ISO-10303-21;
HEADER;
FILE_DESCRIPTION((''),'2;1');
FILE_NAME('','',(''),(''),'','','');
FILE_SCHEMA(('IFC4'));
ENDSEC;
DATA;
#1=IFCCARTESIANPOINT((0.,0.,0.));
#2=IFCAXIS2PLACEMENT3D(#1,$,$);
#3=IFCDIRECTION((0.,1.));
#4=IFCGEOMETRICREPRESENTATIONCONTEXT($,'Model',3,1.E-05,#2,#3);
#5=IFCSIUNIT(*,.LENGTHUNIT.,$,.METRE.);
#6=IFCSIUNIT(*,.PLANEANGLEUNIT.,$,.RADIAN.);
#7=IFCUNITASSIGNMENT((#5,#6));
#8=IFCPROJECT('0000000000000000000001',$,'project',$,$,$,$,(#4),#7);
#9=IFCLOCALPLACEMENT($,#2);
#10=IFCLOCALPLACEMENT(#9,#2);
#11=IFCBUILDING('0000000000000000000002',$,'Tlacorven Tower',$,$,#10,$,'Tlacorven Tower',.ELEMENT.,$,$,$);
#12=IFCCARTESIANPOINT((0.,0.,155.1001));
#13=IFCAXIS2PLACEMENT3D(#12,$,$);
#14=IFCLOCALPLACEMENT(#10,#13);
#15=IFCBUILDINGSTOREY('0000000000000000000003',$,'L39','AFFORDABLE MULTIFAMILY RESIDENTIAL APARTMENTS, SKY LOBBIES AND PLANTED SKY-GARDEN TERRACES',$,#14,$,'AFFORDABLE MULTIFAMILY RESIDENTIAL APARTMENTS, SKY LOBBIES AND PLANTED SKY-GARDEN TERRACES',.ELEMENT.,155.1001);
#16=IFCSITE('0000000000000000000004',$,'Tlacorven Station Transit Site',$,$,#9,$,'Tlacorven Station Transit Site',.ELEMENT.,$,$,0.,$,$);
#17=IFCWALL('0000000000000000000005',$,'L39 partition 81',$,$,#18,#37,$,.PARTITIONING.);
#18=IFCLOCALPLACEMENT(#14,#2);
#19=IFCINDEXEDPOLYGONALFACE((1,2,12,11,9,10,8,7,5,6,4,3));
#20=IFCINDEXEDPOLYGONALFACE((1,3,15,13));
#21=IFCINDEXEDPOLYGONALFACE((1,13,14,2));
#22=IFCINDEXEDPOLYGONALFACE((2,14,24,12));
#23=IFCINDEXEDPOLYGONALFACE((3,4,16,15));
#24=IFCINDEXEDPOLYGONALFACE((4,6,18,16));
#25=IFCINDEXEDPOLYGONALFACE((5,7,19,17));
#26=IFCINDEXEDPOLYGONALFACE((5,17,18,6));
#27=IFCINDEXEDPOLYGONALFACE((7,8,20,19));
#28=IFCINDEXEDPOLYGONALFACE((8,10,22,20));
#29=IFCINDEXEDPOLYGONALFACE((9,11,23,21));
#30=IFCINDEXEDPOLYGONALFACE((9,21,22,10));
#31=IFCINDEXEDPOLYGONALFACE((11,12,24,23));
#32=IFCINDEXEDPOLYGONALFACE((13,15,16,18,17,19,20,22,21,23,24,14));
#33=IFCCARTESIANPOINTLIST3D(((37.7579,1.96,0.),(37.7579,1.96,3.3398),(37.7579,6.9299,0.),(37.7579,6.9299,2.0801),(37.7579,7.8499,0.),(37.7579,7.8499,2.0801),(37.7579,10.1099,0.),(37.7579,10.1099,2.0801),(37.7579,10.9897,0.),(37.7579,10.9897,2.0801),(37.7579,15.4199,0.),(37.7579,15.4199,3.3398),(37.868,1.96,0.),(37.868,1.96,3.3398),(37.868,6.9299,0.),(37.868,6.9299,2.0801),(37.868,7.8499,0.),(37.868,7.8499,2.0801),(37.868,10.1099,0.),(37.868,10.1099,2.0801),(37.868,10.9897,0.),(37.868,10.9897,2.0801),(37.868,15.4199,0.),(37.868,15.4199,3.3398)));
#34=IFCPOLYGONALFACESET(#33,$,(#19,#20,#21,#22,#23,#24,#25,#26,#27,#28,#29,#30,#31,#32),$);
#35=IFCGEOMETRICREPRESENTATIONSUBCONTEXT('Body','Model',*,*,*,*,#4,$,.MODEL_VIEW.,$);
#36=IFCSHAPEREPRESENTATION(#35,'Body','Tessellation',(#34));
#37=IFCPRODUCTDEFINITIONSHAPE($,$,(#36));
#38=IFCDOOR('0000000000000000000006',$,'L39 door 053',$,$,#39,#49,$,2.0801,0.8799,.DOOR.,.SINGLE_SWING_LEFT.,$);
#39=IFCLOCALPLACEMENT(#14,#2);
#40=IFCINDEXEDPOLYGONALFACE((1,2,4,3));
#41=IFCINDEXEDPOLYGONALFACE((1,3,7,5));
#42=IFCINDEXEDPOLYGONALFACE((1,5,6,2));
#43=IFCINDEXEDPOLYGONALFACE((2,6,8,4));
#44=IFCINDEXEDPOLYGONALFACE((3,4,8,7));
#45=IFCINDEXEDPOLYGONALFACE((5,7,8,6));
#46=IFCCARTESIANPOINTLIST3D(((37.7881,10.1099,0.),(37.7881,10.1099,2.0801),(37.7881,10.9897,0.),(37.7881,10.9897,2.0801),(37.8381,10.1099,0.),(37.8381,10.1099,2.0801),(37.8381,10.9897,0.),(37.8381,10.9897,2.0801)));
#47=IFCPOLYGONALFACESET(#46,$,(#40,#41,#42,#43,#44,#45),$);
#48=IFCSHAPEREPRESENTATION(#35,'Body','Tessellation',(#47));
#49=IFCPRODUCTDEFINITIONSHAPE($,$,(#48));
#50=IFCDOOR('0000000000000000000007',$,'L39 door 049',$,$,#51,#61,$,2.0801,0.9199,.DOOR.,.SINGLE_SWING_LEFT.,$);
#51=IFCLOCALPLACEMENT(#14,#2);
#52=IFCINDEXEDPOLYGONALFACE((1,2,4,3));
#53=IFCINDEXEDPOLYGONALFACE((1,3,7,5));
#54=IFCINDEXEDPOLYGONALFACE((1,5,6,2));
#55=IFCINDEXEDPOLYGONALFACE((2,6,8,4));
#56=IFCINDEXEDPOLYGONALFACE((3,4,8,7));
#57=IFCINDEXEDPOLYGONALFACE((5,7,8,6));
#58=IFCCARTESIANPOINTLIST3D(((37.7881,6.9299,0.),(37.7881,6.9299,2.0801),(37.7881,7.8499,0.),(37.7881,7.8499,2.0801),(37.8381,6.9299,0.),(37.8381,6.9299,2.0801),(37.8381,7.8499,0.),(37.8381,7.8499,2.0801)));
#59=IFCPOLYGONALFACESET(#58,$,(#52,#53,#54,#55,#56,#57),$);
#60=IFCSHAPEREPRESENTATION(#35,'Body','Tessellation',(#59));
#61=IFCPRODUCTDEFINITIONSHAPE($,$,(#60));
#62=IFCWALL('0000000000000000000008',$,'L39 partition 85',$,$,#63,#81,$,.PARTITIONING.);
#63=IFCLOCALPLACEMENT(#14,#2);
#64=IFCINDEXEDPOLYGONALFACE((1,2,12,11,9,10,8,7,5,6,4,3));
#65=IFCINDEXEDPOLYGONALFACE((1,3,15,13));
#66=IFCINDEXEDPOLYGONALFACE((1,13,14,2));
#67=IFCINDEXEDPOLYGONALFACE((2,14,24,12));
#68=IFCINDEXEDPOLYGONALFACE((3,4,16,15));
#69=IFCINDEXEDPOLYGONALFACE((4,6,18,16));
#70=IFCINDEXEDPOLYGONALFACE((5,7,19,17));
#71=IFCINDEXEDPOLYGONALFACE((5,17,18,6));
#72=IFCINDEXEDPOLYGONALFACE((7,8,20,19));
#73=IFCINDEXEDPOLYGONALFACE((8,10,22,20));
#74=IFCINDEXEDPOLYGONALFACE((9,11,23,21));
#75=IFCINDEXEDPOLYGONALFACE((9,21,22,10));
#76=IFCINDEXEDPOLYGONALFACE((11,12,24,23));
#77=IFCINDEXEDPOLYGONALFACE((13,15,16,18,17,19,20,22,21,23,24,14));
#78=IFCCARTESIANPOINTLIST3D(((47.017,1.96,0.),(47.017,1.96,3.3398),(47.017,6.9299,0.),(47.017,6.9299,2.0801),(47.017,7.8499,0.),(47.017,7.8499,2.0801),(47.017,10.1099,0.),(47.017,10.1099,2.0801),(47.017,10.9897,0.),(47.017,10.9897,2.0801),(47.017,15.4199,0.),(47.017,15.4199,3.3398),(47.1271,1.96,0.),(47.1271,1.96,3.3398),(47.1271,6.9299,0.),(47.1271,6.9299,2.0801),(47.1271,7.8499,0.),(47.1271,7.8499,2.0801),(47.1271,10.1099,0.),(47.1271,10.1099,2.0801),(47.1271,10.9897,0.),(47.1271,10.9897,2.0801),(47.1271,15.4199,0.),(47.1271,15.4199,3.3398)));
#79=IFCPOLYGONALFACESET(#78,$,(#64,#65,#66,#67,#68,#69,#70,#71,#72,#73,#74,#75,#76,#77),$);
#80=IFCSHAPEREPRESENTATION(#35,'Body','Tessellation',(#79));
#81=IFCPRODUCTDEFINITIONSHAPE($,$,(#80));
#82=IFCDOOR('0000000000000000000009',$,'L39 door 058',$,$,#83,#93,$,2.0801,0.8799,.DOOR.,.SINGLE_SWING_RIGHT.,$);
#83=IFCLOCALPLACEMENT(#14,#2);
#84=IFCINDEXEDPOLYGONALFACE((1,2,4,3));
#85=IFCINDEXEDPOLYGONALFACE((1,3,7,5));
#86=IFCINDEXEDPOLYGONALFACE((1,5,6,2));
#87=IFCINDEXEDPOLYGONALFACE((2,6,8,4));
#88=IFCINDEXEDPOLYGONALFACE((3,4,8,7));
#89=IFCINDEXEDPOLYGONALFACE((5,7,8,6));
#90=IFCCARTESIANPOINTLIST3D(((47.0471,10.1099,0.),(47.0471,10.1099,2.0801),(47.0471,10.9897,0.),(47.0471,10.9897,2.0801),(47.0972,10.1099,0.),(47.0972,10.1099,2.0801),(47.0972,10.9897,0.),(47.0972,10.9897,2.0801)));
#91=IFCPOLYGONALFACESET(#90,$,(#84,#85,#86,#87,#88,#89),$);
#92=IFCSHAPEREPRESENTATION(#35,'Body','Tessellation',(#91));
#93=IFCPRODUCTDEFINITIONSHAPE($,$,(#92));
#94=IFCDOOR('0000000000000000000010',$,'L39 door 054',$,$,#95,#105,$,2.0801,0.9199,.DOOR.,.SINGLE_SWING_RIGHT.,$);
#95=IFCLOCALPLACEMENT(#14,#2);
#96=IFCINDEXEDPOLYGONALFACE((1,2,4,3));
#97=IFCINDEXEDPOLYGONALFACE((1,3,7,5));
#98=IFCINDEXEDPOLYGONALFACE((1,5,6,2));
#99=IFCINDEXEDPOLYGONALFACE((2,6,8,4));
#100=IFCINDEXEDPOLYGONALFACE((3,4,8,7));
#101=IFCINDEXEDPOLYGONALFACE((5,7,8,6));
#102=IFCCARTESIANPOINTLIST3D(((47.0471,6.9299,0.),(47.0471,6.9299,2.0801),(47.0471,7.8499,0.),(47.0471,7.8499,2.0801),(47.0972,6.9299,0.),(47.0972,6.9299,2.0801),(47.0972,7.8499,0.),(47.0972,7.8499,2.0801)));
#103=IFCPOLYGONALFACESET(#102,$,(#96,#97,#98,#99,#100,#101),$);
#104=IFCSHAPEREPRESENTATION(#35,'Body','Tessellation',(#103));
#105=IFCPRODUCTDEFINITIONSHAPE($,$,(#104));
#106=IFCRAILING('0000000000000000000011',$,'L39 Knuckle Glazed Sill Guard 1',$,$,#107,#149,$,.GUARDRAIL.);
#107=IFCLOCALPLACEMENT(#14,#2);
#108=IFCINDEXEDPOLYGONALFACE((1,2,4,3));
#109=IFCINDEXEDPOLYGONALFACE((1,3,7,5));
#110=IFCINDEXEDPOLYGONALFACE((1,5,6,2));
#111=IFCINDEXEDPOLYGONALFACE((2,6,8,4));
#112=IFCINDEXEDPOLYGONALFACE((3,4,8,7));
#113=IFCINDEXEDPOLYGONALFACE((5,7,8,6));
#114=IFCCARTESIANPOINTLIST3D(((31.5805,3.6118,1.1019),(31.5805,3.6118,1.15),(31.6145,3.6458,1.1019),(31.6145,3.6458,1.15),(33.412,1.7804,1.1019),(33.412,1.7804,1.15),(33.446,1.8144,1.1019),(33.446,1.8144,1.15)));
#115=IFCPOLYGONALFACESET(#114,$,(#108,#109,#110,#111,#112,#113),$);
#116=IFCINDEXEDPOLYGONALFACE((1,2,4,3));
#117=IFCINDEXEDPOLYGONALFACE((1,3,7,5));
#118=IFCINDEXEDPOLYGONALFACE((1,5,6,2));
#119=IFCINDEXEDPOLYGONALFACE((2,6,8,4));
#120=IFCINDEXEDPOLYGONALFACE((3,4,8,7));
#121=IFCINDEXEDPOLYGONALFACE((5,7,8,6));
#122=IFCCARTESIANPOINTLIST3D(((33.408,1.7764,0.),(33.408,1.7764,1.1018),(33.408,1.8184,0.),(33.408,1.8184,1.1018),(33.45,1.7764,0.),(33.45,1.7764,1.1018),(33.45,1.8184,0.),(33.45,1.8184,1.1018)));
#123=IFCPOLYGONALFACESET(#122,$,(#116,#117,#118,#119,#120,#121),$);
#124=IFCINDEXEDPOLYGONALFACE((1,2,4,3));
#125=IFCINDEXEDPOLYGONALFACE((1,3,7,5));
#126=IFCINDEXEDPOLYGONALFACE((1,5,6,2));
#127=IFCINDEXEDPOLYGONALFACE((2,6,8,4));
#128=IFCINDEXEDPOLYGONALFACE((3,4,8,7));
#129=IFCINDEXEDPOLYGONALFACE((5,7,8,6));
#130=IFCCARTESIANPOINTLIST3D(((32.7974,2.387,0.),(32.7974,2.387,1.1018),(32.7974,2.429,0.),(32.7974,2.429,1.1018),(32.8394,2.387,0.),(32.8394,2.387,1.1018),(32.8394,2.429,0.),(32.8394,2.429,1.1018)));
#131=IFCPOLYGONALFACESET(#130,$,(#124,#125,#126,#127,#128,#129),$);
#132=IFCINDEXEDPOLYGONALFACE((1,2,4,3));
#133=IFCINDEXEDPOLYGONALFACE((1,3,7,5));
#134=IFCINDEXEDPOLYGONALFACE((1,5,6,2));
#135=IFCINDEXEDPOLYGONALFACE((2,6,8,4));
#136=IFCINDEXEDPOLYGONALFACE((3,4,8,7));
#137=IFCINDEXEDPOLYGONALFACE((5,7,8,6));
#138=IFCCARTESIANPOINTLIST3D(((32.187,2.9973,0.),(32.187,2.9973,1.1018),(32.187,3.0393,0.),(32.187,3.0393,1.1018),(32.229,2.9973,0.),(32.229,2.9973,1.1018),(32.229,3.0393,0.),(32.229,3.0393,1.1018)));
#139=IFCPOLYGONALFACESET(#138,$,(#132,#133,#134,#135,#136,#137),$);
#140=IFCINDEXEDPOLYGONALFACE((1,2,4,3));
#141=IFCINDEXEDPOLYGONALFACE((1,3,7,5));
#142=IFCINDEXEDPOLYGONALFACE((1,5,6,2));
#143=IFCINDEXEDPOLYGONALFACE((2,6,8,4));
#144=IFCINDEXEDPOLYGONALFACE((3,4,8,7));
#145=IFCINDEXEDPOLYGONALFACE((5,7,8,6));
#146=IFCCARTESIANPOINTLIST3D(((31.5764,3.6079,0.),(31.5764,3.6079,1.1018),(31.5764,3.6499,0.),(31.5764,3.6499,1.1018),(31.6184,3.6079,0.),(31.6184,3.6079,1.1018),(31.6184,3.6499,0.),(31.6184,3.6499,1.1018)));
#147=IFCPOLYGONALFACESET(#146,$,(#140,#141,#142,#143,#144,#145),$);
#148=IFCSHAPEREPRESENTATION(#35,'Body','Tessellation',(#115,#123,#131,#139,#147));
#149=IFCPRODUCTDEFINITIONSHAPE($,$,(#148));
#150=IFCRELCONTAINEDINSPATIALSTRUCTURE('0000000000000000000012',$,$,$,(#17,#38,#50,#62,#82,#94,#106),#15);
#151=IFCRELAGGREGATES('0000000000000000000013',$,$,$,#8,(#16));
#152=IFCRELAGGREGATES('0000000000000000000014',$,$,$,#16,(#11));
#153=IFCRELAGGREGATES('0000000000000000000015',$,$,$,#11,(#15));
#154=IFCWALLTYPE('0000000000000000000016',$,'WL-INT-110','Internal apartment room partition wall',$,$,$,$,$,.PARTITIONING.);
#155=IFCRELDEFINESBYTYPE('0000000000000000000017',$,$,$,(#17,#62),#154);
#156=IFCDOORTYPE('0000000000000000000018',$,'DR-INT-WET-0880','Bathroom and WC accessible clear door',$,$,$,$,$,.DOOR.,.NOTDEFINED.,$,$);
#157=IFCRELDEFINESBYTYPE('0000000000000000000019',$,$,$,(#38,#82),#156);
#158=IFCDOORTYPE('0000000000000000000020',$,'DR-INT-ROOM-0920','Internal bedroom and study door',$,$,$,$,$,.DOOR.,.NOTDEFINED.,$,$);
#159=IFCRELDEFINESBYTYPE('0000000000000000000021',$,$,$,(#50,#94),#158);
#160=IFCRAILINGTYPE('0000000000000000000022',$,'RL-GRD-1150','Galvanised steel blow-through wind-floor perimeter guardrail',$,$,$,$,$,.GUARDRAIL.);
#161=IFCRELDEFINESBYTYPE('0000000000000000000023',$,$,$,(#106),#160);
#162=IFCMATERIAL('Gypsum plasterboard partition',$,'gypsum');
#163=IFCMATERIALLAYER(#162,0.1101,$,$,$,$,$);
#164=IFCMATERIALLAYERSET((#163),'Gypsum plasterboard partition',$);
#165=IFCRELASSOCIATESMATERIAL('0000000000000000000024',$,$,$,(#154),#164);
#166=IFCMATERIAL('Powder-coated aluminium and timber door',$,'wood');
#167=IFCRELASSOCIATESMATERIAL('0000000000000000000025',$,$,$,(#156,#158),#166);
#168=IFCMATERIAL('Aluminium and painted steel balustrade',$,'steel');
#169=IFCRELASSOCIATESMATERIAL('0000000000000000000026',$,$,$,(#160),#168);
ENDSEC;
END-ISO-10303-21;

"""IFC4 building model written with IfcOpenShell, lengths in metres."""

from ifc_helpers import new_model, si_unit, direction, frame, frame_2d, origin, origin_2d, place, context, subcontext, project, spatial, rectangle, extrude, source, transform, mapped, material, layer, layer_set, type_object, element, fill, save


model = new_model("IFC4")

# Units and contexts
model_context = context("Model", 3, precision=1e-05, world=origin(), true_north=direction((0.0, 1.0)))
body_context = subcontext(model_context, "Body", "Model", "MODEL_VIEW")
ifc_project = project(units=[si_unit("LENGTHUNIT", "METRE"), si_unit("PLANEANGLEUNIT", "RADIAN")], contexts=[model_context])

# Site, building, storey
site_placement = place(None, origin())
site = spatial("IfcSite", under=ifc_project, at=site_placement, Name="Tlacorven Station Transit Site", LongName="Tlacorven Station Transit Site", CompositionType="ELEMENT", RefElevation=0.0)
building_placement = place(site_placement, origin())
building = spatial("IfcBuilding", under=site, at=building_placement, Name="Tlacorven Tower", LongName="Tlacorven Tower", CompositionType="ELEMENT")
storey_placement = place(building_placement, frame((0.0, 0.0, 155.1001)))
storey = spatial("IfcBuildingStorey", under=building, at=storey_placement, Name="L39", Description="AFFORDABLE MULTIFAMILY RESIDENTIAL APARTMENTS, SKY LOBBIES AND PLANTED SKY-GARDEN TERRACES", LongName="AFFORDABLE MULTIFAMILY RESIDENTIAL APARTMENTS, SKY LOBBIES AND PLANTED SKY-GARDEN TERRACES", CompositionType="ELEMENT", Elevation=155.1001)

# Walls, openings, doors
ifc_material_1 = material(Name="Gypsum plasterboard partition", Category="gypsum")
ifc_layer_1 = layer(ifc_material_1, 0.1101)
ifc_layer_set_1 = layer_set([ifc_layer_1], Name="Gypsum plasterboard partition")
wall_type_1 = type_object("IfcWallType", Name="WL-INT-110", Description="Internal apartment room partition wall", PredefinedType="PARTITIONING", material=ifc_layer_set_1)
wall_1_placement = place(storey_placement, frame((37.813, 1.96, 0.0), z_axis=(0.0, 0.0, 1.0), x_axis=(0.0, 1.0, 0.0)))
wall_1 = element("IfcWall", 1, at=wall_1_placement, inside=storey, type_object=wall_type_1, Name="L39 partition 81", PredefinedType="PARTITIONING", context=body_context, shape_type="SweptSolid", body=[
    extrude(rectangle(XDim=13.46, YDim=0.1101, at=frame_2d((6.73, 0.0))), origin(), (0.0, 0.0, 1.0), 3.3398),
])
opening_1_placement = place(wall_1_placement, frame((4.97, 0.0, 0.0)))
opening_1 = element("IfcOpeningElement", 2, at=opening_1_placement, cuts=wall_1, PredefinedType="OPENING", context=body_context, shape_type="SweptSolid", body=[
    extrude(rectangle(XDim=0.9199, YDim=2.0801, at=frame_2d((0.46, 1.04))), frame((0.0, 0.0649, 0.0), z_axis=(0.0, -1.0, 0.0), x_axis=(1.0, 0.0, 0.0)), (0.0, 0.0, 1.0), 0.1301),
])
opening_2_placement = place(wall_1_placement, frame((8.1499, 0.0, 0.0)))
opening_2 = element("IfcOpeningElement", 3, at=opening_2_placement, cuts=wall_1, PredefinedType="OPENING", context=body_context, shape_type="SweptSolid", body=[
    extrude(rectangle(XDim=0.8799, YDim=2.0801, at=frame_2d((0.4399, 1.04))), frame((0.0, 0.0649, 0.0), z_axis=(0.0, -1.0, 0.0), x_axis=(1.0, 0.0, 0.0)), (0.0, 0.0, 1.0), 0.1301),
])
ifc_material_2 = material(Name="Powder-coated aluminium and timber door", Category="wood")
door_type_1 = type_object("IfcDoorType", Name="DR-INT-WET-0880", Description="Bathroom and WC accessible clear door", OperationType="NOTDEFINED", PredefinedType="DOOR", material=ifc_material_2)
shared_shape_1 = source(origin(), body_context, "Body", "SweptSolid", [
    extrude(rectangle(XDim=0.8799, YDim=2.0801, at=frame_2d((0.4399, 1.04))), frame((0.0, 0.0249, 0.0), z_axis=(0.0, -1.0, 0.0), x_axis=(1.0, 0.0, 0.0)), (0.0, 0.0, 1.0), 0.05),
])
door_1_placement = place(opening_2_placement, origin())
door_1 = element("IfcDoor", 4, at=door_1_placement, inside=storey, type_object=door_type_1, Name="L39 door 053", OperationType="SINGLE_SWING_LEFT", OverallHeight=2.0801, OverallWidth=0.8799, PredefinedType="DOOR", context=body_context, shape_type="MappedRepresentation", body=[
    mapped(shared_shape_1, transform((0.0, 0.0, 0.0), scale=1.0)),
])
fill(opening_2, door_1)
door_type_2 = type_object("IfcDoorType", Name="DR-INT-ROOM-0920", Description="Internal bedroom and study door", OperationType="NOTDEFINED", PredefinedType="DOOR", material=ifc_material_2)
shared_shape_2 = source(origin(), body_context, "Body", "SweptSolid", [
    extrude(rectangle(XDim=0.9199, YDim=2.0801, at=frame_2d((0.46, 1.04))), frame((0.0, 0.0249, 0.0), z_axis=(0.0, -1.0, 0.0), x_axis=(1.0, 0.0, 0.0)), (0.0, 0.0, 1.0), 0.05),
])
door_2_placement = place(opening_1_placement, origin())
door_2 = element("IfcDoor", 5, at=door_2_placement, inside=storey, type_object=door_type_2, Name="L39 door 049", OperationType="SINGLE_SWING_LEFT", OverallHeight=2.0801, OverallWidth=0.9199, PredefinedType="DOOR", context=body_context, shape_type="MappedRepresentation", body=[
    mapped(shared_shape_2, transform((0.0, 0.0, 0.0), scale=1.0)),
])
fill(opening_1, door_2)
wall_2_placement = place(storey_placement, frame((47.072, 1.96, 0.0), z_axis=(0.0, 0.0, 1.0), x_axis=(0.0, 1.0, 0.0)))
wall_2 = element("IfcWall", 6, at=wall_2_placement, inside=storey, type_object=wall_type_1, Name="L39 partition 85", PredefinedType="PARTITIONING", context=body_context, shape_type="SweptSolid", body=[
    extrude(rectangle(XDim=13.46, YDim=0.1101, at=frame_2d((6.73, 0.0))), origin(), (0.0, 0.0, 1.0), 3.3398),
])
opening_3_placement = place(wall_2_placement, frame((4.97, 0.0, 0.0)))
opening_3 = element("IfcOpeningElement", 7, at=opening_3_placement, cuts=wall_2, PredefinedType="OPENING", context=body_context, shape_type="SweptSolid", body=[
    extrude(rectangle(XDim=0.9199, YDim=2.0801, at=frame_2d((0.46, 1.04))), frame((0.0, 0.0649, 0.0), z_axis=(0.0, -1.0, 0.0), x_axis=(1.0, 0.0, 0.0)), (0.0, 0.0, 1.0), 0.1301),
])
opening_4_placement = place(wall_2_placement, frame((8.1499, 0.0, 0.0)))
opening_4 = element("IfcOpeningElement", 8, at=opening_4_placement, cuts=wall_2, PredefinedType="OPENING", context=body_context, shape_type="SweptSolid", body=[
    extrude(rectangle(XDim=0.8799, YDim=2.0801, at=frame_2d((0.4399, 1.04))), frame((0.0, 0.0649, 0.0), z_axis=(0.0, -1.0, 0.0), x_axis=(1.0, 0.0, 0.0)), (0.0, 0.0, 1.0), 0.1301),
])
door_3_placement = place(opening_4_placement, origin())
door_3 = element("IfcDoor", 9, at=door_3_placement, inside=storey, type_object=door_type_1, Name="L39 door 058", OperationType="SINGLE_SWING_RIGHT", OverallHeight=2.0801, OverallWidth=0.8799, PredefinedType="DOOR", context=body_context, shape_type="MappedRepresentation", body=[
    mapped(shared_shape_1, transform((0.0, 0.0, 0.0), scale=1.0)),
])
fill(opening_4, door_3)
door_4_placement = place(opening_3_placement, origin())
door_4 = element("IfcDoor", 10, at=door_4_placement, inside=storey, type_object=door_type_2, Name="L39 door 054", OperationType="SINGLE_SWING_RIGHT", OverallHeight=2.0801, OverallWidth=0.9199, PredefinedType="DOOR", context=body_context, shape_type="MappedRepresentation", body=[
    mapped(shared_shape_2, transform((0.0, 0.0, 0.0), scale=1.0)),
])
fill(opening_3, door_4)

# Railing
ifc_material_3 = material(Name="Aluminium and painted steel balustrade", Category="steel")
railing_type = type_object("IfcRailingType", Name="RL-GRD-1150", Description="Galvanised steel blow-through wind-floor perimeter guardrail", PredefinedType="GUARDRAIL", material=ifc_material_3)
shared_shape_3 = source(origin(), body_context, "Body", "SweptSolid", [
    extrude(rectangle(XDim=0.0481, YDim=0.0481, at=origin_2d()), frame((0.0, 0.0, 1.126), z_axis=(-0.707107, 0.707107, 0.0), x_axis=(-0.707107, -0.707107, 0.0)), (0.0, 0.0, 1.0), 2.5901),
    extrude(rectangle(XDim=0.042, YDim=0.042, at=origin_2d()), origin(), (0.0, 0.0, 1.0), 1.1018),
    extrude(rectangle(XDim=0.042, YDim=0.042, at=origin_2d()), frame((-0.6106, 0.6106, 0.0)), (0.0, 0.0, 1.0), 1.1018),
    extrude(rectangle(XDim=0.042, YDim=0.042, at=origin_2d()), frame((-1.2209, 1.2209, 0.0)), (0.0, 0.0, 1.0), 1.1018),
    extrude(rectangle(XDim=0.042, YDim=0.042, at=origin_2d()), frame((-1.8315, 1.8315, 0.0)), (0.0, 0.0, 1.0), 1.1018),
])
railing_placement = place(storey_placement, frame((33.429, 1.7974, 0.0)))
element("IfcRailing", 11, at=railing_placement, inside=storey, type_object=railing_type, Name="L39 Knuckle Glazed Sill Guard 1", PredefinedType="GUARDRAIL", context=body_context, shape_type="MappedRepresentation", body=[
    mapped(shared_shape_3, transform((0.0, 0.0, 0.0), scale=1.0)),
])

save(model, "model.ifc")
